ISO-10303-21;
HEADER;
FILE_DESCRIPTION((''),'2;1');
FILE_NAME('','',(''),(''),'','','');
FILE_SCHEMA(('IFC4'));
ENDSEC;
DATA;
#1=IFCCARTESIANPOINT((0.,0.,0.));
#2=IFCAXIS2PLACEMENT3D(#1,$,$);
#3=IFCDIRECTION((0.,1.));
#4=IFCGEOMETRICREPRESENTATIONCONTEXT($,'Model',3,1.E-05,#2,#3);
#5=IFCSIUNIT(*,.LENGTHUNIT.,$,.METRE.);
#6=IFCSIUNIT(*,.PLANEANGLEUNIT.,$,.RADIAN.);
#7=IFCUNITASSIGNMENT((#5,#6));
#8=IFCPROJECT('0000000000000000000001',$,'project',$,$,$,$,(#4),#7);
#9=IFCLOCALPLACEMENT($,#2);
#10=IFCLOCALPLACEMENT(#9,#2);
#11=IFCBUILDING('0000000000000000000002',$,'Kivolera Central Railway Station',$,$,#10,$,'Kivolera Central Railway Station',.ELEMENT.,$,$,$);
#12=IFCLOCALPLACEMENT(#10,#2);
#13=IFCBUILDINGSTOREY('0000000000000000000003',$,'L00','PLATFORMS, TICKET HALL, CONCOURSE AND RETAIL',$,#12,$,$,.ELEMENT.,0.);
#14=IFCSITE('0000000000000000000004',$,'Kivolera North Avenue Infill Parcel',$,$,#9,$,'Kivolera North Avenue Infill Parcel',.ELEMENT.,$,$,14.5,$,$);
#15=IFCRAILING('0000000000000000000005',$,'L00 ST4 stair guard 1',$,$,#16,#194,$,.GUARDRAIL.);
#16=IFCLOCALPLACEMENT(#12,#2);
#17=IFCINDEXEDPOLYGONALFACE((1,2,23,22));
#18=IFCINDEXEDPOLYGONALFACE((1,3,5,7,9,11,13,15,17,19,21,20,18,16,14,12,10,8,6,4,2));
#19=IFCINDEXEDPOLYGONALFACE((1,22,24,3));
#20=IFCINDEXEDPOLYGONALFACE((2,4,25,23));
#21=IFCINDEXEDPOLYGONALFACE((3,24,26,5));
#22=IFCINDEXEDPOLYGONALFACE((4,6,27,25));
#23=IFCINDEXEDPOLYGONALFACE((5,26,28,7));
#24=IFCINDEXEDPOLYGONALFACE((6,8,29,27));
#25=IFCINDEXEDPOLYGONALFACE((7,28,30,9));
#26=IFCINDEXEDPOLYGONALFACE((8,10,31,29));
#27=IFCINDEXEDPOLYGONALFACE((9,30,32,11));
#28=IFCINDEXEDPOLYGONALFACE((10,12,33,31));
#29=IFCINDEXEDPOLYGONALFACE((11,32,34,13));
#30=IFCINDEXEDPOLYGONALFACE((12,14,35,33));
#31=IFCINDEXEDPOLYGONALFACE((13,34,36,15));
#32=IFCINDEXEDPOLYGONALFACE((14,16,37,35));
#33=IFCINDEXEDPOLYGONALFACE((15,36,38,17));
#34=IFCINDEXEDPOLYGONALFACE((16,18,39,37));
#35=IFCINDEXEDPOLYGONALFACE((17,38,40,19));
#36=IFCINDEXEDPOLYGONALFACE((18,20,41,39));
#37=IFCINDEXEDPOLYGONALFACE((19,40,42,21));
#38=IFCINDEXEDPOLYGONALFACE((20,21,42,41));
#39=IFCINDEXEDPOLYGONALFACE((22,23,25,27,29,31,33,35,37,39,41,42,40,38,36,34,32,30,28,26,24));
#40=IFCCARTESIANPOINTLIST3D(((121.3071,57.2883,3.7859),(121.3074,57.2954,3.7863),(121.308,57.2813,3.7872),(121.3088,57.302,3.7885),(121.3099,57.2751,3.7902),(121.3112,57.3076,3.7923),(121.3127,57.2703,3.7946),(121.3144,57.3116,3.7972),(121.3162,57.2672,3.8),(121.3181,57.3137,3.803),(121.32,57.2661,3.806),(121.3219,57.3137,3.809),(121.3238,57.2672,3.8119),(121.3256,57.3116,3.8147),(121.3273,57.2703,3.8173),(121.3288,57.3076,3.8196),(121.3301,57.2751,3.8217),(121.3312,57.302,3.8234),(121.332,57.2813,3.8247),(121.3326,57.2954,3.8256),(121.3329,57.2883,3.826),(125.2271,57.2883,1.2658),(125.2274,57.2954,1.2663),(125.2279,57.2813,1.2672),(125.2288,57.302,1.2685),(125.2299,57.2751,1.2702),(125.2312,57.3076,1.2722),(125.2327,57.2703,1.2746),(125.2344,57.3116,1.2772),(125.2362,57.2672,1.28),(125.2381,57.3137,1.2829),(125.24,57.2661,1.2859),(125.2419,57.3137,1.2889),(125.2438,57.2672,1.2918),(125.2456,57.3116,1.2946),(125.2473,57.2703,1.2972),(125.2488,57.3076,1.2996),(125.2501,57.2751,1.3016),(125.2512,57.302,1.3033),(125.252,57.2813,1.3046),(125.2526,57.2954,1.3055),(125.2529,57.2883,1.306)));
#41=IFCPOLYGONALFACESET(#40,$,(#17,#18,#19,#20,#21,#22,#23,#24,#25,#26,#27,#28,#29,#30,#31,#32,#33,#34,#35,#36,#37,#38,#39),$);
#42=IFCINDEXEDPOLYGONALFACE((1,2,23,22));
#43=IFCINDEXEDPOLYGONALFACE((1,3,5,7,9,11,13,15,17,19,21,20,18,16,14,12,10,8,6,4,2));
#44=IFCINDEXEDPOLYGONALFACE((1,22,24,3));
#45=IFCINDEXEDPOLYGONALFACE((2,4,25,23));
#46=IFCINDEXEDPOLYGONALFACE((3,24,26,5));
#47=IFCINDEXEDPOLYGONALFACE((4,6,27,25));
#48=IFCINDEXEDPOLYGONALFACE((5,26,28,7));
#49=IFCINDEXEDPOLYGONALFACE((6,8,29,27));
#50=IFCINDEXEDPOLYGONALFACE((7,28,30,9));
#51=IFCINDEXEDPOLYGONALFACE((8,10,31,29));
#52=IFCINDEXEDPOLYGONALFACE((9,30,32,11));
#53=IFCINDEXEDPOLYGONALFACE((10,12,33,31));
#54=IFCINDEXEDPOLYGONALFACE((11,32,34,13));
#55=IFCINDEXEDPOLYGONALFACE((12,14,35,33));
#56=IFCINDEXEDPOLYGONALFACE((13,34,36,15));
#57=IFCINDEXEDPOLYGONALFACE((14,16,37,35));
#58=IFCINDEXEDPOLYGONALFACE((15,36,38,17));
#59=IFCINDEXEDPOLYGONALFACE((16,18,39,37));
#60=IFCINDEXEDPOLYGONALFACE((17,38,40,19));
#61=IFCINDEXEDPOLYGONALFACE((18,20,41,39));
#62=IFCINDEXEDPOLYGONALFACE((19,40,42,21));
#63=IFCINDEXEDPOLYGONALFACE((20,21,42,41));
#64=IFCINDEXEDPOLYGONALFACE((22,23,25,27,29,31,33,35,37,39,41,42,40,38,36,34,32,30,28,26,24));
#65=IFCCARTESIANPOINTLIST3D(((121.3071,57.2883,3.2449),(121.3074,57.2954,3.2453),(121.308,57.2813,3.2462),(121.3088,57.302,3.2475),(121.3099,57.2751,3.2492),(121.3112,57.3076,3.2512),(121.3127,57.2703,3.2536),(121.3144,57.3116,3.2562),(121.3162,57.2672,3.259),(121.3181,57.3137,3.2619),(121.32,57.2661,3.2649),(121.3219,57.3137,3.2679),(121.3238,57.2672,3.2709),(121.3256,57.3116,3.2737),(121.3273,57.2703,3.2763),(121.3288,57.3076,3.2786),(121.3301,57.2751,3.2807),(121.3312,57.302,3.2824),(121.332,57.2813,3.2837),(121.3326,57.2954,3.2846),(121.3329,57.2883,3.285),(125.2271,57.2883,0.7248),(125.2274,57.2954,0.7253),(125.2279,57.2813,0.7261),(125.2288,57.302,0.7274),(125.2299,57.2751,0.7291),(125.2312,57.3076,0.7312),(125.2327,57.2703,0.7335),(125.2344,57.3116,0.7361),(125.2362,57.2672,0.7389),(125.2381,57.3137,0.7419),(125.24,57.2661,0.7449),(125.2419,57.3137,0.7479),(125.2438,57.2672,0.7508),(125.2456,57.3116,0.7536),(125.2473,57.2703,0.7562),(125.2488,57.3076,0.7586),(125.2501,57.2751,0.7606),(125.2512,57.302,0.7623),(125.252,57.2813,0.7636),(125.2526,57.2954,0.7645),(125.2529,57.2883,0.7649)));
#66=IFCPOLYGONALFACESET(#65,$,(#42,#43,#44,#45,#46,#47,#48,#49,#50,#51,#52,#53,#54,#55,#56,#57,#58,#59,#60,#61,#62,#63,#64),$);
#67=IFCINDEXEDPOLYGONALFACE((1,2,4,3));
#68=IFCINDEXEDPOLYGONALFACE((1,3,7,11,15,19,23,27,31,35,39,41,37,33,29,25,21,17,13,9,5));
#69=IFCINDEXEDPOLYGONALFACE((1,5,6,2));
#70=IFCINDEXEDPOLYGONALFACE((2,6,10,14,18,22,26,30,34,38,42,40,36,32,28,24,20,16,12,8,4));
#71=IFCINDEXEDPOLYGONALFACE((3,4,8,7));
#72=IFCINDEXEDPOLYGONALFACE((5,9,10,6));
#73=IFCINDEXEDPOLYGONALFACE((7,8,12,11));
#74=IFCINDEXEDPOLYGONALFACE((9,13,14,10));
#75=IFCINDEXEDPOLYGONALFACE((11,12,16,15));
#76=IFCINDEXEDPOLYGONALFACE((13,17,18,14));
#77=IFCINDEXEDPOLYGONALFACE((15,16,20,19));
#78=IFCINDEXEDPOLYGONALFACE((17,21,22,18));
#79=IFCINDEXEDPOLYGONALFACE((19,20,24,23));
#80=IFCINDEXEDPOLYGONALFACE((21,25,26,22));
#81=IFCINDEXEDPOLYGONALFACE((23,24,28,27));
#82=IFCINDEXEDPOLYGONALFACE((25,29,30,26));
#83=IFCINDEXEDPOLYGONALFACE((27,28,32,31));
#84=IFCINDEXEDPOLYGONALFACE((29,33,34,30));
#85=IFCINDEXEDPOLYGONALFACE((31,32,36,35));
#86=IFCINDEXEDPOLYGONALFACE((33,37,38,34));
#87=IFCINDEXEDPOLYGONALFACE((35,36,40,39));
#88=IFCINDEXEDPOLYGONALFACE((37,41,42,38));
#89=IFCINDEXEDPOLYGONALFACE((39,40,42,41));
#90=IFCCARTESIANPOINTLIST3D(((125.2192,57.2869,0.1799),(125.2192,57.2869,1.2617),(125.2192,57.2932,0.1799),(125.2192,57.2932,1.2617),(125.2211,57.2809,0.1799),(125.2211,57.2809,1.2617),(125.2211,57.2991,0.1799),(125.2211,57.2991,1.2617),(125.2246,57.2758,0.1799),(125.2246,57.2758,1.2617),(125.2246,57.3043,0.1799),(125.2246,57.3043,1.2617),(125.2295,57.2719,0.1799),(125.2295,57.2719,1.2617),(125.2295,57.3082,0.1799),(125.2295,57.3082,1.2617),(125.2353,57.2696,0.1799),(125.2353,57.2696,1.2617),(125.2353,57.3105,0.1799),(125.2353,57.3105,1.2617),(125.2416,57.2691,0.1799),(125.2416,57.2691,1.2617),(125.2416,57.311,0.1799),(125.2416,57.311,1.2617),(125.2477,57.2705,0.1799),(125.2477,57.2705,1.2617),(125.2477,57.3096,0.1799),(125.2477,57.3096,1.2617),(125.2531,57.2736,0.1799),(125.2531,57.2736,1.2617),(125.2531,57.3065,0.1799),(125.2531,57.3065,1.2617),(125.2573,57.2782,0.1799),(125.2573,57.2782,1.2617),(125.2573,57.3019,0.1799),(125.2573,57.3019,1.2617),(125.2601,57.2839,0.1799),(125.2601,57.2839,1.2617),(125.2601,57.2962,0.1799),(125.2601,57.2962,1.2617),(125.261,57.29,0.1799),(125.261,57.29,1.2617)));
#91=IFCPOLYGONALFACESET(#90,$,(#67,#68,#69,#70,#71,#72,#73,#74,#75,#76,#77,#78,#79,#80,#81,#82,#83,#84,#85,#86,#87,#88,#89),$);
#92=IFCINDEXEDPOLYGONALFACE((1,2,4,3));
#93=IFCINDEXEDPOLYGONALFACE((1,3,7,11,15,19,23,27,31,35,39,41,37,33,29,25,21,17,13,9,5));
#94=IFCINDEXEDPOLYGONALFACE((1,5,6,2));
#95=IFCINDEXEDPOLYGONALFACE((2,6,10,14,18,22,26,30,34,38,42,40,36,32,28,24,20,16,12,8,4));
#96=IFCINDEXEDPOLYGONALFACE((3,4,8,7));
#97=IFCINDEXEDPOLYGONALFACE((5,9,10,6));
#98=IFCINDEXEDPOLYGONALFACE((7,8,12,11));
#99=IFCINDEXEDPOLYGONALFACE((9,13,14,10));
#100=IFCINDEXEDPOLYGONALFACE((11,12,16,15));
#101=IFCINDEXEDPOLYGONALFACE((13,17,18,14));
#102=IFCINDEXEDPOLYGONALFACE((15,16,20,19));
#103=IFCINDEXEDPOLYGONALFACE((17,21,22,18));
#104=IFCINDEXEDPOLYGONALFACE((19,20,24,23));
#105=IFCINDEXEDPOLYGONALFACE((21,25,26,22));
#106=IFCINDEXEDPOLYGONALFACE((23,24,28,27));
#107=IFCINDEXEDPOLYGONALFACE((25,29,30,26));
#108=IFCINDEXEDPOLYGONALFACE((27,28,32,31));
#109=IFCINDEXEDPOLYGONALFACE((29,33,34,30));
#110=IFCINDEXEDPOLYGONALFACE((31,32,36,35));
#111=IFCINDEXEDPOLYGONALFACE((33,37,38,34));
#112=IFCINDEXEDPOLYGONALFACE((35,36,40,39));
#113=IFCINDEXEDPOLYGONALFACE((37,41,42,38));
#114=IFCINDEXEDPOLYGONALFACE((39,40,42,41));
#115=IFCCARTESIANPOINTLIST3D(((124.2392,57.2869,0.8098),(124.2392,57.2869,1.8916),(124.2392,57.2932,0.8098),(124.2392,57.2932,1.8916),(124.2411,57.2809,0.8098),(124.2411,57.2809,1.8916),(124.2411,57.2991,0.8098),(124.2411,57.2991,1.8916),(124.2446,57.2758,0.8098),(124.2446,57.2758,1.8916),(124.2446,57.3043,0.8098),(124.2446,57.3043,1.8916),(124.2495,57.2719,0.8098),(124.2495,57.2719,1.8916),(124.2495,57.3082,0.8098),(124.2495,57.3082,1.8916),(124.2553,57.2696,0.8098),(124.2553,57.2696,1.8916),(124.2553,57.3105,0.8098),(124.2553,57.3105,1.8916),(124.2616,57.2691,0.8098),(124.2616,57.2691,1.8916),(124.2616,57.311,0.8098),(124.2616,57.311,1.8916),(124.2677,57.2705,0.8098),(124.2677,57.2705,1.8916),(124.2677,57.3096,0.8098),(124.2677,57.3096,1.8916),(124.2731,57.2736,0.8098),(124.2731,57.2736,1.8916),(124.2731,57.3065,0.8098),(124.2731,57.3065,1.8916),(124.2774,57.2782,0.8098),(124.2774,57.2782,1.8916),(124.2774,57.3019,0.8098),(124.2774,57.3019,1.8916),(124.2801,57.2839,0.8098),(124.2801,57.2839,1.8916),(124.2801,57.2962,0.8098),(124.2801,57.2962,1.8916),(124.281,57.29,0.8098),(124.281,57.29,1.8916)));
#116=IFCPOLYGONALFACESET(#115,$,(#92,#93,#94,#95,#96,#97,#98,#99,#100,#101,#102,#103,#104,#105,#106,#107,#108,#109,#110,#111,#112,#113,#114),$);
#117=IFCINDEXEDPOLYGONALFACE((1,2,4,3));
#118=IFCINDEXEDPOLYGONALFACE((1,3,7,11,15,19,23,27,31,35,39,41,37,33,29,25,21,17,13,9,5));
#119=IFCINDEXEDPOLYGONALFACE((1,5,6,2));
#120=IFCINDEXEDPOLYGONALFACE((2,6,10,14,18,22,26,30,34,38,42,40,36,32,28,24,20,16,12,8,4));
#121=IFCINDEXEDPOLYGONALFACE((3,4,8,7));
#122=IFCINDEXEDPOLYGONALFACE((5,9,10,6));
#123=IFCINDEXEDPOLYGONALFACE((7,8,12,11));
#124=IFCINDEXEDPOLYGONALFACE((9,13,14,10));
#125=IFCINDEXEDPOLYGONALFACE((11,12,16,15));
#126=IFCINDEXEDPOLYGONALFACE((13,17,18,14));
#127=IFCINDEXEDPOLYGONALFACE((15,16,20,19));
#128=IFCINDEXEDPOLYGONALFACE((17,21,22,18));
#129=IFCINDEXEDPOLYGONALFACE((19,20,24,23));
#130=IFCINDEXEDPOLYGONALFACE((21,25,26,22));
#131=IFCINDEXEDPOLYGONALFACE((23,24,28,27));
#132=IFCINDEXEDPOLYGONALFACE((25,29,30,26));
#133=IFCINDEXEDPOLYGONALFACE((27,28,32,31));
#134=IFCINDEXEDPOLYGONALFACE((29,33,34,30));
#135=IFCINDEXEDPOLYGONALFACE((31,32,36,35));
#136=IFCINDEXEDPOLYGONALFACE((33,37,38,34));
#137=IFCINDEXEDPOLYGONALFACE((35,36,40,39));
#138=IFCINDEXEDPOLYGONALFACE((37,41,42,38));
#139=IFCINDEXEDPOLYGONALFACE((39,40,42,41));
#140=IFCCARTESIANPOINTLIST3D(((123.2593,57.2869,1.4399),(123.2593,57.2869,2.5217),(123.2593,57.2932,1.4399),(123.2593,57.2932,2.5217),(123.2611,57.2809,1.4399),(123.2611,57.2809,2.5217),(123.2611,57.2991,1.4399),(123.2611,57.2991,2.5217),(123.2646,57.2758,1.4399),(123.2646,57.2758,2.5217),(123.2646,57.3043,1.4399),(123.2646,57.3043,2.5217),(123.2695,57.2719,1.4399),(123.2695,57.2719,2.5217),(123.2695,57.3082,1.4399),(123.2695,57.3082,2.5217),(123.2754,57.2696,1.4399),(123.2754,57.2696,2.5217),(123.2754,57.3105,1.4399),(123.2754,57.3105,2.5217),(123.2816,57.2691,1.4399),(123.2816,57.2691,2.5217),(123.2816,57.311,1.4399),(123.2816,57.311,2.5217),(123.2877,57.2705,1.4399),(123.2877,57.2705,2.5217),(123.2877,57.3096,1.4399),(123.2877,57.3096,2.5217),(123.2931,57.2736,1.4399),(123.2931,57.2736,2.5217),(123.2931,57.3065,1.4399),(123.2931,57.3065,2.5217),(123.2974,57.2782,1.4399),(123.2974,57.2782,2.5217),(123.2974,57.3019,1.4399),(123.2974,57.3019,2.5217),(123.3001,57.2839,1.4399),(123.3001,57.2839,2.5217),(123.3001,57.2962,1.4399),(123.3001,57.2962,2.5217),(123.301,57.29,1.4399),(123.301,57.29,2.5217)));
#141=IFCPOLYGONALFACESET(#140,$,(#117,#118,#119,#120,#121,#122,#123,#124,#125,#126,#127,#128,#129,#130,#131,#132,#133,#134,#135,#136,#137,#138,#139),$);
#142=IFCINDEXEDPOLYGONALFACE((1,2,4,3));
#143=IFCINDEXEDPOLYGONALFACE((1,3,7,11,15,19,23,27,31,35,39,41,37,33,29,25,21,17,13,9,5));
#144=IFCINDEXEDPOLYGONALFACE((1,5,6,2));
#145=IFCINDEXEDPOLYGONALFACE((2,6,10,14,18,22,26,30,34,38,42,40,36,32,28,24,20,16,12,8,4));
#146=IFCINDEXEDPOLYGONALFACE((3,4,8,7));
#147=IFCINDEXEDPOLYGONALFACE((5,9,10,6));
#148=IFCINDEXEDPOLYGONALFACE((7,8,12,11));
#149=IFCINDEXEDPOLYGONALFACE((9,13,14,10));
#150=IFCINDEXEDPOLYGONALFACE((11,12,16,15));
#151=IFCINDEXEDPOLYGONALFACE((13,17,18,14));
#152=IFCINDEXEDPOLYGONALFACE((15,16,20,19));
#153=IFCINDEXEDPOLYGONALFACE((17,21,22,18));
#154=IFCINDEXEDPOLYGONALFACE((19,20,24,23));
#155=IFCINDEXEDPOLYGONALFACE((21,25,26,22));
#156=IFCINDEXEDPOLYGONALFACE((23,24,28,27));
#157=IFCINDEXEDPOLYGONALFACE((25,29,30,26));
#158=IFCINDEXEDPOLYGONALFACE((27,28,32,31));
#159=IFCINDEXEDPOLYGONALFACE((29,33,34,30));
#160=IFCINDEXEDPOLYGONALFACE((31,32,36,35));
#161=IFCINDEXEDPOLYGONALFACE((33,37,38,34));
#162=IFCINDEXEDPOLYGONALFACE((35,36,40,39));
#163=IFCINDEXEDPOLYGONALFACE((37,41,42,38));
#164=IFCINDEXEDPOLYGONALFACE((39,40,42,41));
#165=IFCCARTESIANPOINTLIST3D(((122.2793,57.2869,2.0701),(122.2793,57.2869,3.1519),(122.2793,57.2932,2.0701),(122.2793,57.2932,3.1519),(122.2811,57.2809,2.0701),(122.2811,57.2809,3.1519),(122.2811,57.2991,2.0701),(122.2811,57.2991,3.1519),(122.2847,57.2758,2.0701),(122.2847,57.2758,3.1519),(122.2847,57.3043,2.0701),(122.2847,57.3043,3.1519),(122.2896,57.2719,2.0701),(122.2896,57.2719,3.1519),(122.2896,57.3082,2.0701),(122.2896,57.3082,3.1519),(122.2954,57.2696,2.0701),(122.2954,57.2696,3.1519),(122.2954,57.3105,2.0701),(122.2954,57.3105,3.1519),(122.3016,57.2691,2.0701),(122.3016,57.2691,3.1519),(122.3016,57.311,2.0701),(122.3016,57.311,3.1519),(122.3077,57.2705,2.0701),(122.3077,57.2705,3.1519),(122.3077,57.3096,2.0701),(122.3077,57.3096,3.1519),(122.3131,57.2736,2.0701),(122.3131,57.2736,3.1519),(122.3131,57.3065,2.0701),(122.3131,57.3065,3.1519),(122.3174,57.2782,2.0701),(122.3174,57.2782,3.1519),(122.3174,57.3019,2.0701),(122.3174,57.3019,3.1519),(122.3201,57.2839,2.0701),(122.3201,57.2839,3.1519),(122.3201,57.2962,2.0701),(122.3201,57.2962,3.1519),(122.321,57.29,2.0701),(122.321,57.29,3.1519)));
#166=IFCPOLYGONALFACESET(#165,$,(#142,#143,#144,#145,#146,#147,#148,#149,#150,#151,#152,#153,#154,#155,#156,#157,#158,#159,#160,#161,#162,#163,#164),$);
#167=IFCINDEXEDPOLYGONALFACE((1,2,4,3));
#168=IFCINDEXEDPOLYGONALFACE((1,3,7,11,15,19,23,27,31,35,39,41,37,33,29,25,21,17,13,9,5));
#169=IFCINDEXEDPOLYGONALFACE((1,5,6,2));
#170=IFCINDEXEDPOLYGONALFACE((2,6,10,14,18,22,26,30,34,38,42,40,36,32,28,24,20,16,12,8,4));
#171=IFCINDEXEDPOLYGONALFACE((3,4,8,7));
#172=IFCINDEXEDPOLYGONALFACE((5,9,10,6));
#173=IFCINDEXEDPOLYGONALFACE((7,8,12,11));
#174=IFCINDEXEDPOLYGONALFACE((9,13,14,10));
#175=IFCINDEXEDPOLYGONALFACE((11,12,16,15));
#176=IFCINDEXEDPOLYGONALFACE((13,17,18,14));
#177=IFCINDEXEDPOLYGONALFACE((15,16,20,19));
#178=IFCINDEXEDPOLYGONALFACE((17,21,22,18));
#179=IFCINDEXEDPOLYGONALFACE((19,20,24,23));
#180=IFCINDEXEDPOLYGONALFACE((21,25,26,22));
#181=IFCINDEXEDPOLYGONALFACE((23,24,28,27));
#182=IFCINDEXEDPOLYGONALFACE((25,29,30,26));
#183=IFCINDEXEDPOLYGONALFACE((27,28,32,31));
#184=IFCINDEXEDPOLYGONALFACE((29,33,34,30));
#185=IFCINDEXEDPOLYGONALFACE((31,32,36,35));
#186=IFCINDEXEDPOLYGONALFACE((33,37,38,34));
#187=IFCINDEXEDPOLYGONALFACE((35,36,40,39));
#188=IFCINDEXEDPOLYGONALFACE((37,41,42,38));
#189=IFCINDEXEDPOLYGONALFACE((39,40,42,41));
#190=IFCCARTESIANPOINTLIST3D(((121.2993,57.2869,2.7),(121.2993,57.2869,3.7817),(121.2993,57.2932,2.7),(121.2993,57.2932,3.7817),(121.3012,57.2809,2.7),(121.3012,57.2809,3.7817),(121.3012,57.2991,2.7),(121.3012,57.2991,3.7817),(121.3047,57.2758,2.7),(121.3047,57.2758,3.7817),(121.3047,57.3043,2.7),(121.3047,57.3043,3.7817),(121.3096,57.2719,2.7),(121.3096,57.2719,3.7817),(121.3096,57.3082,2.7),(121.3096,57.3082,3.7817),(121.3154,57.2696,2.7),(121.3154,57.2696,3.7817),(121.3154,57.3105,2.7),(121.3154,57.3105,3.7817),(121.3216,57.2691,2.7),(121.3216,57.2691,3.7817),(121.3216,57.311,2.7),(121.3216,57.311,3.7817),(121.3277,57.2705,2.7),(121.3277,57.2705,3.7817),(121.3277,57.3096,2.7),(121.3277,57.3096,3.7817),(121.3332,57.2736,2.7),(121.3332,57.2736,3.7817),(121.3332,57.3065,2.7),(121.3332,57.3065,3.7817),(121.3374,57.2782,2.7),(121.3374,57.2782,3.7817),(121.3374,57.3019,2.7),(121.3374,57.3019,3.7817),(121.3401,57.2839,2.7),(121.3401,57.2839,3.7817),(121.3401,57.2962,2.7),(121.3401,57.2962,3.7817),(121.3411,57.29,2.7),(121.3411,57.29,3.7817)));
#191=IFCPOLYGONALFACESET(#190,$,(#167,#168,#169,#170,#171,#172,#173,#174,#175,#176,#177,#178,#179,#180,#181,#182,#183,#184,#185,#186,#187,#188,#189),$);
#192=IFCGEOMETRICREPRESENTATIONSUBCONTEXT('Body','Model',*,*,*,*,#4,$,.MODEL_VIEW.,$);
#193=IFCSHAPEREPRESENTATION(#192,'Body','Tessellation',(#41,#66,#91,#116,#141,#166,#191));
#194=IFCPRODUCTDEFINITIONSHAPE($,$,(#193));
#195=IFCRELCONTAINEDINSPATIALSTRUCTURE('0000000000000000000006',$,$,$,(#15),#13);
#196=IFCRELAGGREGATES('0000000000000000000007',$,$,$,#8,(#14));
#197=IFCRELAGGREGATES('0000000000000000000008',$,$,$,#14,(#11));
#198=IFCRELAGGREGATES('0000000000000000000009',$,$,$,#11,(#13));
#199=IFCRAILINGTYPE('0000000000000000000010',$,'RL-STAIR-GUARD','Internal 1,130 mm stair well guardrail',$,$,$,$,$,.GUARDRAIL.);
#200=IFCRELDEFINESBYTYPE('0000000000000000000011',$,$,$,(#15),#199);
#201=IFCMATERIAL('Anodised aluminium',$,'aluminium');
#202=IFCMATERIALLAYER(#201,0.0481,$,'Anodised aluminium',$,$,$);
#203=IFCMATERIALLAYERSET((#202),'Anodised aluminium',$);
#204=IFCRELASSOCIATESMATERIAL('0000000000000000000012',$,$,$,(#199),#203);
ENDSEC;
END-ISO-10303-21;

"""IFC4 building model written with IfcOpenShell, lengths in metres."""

from ifc_helpers import new_model, si_unit, direction, frame, origin, origin_2d, place, context, subcontext, project, spatial, circle, extrude, material, layer, layer_set, type_object, element, save


model = new_model("IFC4")

# Units and contexts
model_context = context("Model", 3, precision=1e-05, world=origin(), true_north=direction((0.0, 1.0)))
body_context = subcontext(model_context, "Body", "Model", "MODEL_VIEW")
ifc_project = project(units=[si_unit("LENGTHUNIT", "METRE"), si_unit("PLANEANGLEUNIT", "RADIAN")], contexts=[model_context])

# Site, building, storey
site_placement = place(None, origin())
site = spatial("IfcSite", under=ifc_project, at=site_placement, Name="Kivolera North Avenue Infill Parcel", LongName="Kivolera North Avenue Infill Parcel", CompositionType="ELEMENT", RefElevation=14.5)
building_placement = place(site_placement, origin())
building = spatial("IfcBuilding", under=site, at=building_placement, Name="Kivolera Central Railway Station", LongName="Kivolera Central Railway Station", CompositionType="ELEMENT")
storey_placement = place(building_placement, origin())
storey = spatial("IfcBuildingStorey", under=building, at=storey_placement, Name="L00", Description="PLATFORMS, TICKET HALL, CONCOURSE AND RETAIL", CompositionType="ELEMENT", Elevation=0.0)

# Railing
ifc_material_1 = material(Name="Anodised aluminium", Category="aluminium")
ifc_layer_1 = layer(ifc_material_1, 0.0481, Name="Anodised aluminium")
ifc_layer_set_1 = layer_set([ifc_layer_1], Name="Anodised aluminium")
railing_type_1 = type_object("IfcRailingType", Name="RL-STAIR-GUARD", Description="Internal 1,130 mm stair well guardrail", PredefinedType="GUARDRAIL", material=ifc_layer_set_1)
railing_1_placement = place(storey_placement, frame((125.24, 57.29, 0.1799)))
element("IfcRailing", 1, at=railing_1_placement, inside=storey, type_object=railing_type_1, Name="L00 ST4 stair guard 1", PredefinedType="GUARDRAIL", context=body_context, shape_type="SweptSolid", body=[
    extrude(circle(Radius=0.0239, at=origin_2d()), frame((0.0, 0.0, 1.106), z_axis=(-0.841172, 0.0, 0.540768), x_axis=(0.0, -1.0, 0.0)), (0.0, 0.0, 1.0), 4.6602),
    extrude(circle(Radius=0.0239, at=origin_2d()), frame((0.0, 0.0, 0.5649), z_axis=(-0.841172, 0.0, 0.540768), x_axis=(0.0, -1.0, 0.0)), (0.0, 0.0, 1.0), 4.6602),
    extrude(circle(Radius=0.021, at=origin_2d()), origin(), (0.0, 0.0, 1.0), 1.0818),
    extrude(circle(Radius=0.021, at=origin_2d()), frame((-0.98, 0.0, 0.6299)), (0.0, 0.0, 1.0), 1.0818),
    extrude(circle(Radius=0.021, at=origin_2d()), frame((-1.96, 0.0, 1.26)), (0.0, 0.0, 1.0), 1.0818),
    extrude(circle(Radius=0.021, at=origin_2d()), frame((-2.9399, 0.0, 1.8901)), (0.0, 0.0, 1.0), 1.0818),
    extrude(circle(Radius=0.021, at=origin_2d()), frame((-3.9199, 0.0, 2.52)), (0.0, 0.0, 1.0), 1.0818),
])

save(model, "model.ifc")
